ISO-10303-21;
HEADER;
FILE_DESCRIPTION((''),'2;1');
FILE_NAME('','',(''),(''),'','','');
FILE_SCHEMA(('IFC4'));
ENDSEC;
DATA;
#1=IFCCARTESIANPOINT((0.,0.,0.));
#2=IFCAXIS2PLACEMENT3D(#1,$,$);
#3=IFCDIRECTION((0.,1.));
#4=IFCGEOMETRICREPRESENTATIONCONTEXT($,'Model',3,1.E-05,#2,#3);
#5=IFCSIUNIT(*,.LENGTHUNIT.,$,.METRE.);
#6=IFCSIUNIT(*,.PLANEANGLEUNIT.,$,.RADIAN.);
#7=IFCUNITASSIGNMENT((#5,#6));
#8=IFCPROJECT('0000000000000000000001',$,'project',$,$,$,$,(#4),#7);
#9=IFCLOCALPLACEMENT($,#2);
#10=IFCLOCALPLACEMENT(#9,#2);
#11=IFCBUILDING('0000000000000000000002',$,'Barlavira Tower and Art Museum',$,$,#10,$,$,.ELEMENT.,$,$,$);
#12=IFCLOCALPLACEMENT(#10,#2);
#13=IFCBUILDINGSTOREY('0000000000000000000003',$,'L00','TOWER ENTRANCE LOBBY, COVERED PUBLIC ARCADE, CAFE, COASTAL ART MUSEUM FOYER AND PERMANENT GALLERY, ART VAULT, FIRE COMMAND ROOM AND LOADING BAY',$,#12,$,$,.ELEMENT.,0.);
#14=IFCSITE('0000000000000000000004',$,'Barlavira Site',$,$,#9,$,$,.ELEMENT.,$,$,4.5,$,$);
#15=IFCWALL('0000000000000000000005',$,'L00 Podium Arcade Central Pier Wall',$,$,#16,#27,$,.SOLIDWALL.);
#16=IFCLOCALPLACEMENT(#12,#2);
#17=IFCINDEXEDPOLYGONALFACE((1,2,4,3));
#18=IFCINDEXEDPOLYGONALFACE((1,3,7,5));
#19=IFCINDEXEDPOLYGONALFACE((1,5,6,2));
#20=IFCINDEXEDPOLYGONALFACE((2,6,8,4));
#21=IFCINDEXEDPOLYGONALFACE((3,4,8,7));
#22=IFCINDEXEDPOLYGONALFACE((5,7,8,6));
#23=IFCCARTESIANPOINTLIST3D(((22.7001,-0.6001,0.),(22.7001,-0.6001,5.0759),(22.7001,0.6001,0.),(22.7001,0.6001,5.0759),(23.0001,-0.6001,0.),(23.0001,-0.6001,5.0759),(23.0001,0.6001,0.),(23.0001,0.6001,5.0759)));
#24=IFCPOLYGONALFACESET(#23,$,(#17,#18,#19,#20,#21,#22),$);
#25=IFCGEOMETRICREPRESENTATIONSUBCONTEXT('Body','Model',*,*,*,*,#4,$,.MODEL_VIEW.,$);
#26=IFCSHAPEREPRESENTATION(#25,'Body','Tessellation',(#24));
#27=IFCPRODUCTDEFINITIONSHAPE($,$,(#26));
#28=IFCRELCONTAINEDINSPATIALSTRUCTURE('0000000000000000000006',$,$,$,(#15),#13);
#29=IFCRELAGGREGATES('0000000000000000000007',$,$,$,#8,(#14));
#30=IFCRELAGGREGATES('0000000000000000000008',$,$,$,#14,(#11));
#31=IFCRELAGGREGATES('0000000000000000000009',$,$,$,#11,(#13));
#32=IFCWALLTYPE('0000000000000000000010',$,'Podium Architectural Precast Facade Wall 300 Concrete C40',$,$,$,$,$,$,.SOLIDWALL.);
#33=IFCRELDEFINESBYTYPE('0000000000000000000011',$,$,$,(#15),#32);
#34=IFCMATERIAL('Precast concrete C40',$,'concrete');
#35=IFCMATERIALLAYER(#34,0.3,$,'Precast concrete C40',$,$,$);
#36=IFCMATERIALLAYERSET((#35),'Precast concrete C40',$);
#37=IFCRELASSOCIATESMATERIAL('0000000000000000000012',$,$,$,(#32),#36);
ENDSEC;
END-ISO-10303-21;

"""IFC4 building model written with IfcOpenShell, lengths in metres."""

from ifc_helpers import new_model, si_unit, direction, frame, frame_2d, origin, place, context, subcontext, project, spatial, rectangle, extrude, material, layer, layer_set, type_object, element, save


model = new_model("IFC4")

# Units and contexts
model_context = context("Model", 3, precision=1e-05, world=origin(), true_north=direction((0.0, 1.0)))
body_context = subcontext(model_context, "Body", "Model", "MODEL_VIEW")
ifc_project = project(units=[si_unit("LENGTHUNIT", "METRE"), si_unit("PLANEANGLEUNIT", "RADIAN")], contexts=[model_context])

# Site, building, storey
site_placement = place(None, origin())
site = spatial("IfcSite", under=ifc_project, at=site_placement, Name="Barlavira Site", CompositionType="ELEMENT", RefElevation=4.5)
building_placement = place(site_placement, origin())
building = spatial("IfcBuilding", under=site, at=building_placement, Name="Barlavira Tower and Art Museum", CompositionType="ELEMENT")
storey_placement = place(building_placement, origin())
storey = spatial("IfcBuildingStorey", under=building, at=storey_placement, Name="L00", Description="TOWER ENTRANCE LOBBY, COVERED PUBLIC ARCADE, CAFE, COASTAL ART MUSEUM FOYER AND PERMANENT GALLERY, ART VAULT, FIRE COMMAND ROOM AND LOADING BAY", CompositionType="ELEMENT", Elevation=0.0)

# Wall
ifc_material_1 = material(Name="Precast concrete C40", Category="concrete")
ifc_layer_1 = layer(ifc_material_1, 0.3, Name="Precast concrete C40")
ifc_layer_set_1 = layer_set([ifc_layer_1], Name="Precast concrete C40")
wall_type_1 = type_object("IfcWallType", Name="Podium Architectural Precast Facade Wall 300 Concrete C40", PredefinedType="SOLIDWALL", material=ifc_layer_set_1)
wall_1_placement = place(storey_placement, frame((22.8501, -0.6001, 0.0), z_axis=(0.0, 0.0, 1.0), x_axis=(0.0, 1.0, 0.0)))
element("IfcWall", 1, at=wall_1_placement, inside=storey, type_object=wall_type_1, Name="L00 Podium Arcade Central Pier Wall", PredefinedType="SOLIDWALL", context=body_context, shape_type="SweptSolid", body=[
    extrude(rectangle(XDim=1.2002, YDim=0.3, at=frame_2d((0.6001, 0.0))), origin(), (0.0, 0.0, 1.0), 5.0759),
])

save(model, "model.ifc")
